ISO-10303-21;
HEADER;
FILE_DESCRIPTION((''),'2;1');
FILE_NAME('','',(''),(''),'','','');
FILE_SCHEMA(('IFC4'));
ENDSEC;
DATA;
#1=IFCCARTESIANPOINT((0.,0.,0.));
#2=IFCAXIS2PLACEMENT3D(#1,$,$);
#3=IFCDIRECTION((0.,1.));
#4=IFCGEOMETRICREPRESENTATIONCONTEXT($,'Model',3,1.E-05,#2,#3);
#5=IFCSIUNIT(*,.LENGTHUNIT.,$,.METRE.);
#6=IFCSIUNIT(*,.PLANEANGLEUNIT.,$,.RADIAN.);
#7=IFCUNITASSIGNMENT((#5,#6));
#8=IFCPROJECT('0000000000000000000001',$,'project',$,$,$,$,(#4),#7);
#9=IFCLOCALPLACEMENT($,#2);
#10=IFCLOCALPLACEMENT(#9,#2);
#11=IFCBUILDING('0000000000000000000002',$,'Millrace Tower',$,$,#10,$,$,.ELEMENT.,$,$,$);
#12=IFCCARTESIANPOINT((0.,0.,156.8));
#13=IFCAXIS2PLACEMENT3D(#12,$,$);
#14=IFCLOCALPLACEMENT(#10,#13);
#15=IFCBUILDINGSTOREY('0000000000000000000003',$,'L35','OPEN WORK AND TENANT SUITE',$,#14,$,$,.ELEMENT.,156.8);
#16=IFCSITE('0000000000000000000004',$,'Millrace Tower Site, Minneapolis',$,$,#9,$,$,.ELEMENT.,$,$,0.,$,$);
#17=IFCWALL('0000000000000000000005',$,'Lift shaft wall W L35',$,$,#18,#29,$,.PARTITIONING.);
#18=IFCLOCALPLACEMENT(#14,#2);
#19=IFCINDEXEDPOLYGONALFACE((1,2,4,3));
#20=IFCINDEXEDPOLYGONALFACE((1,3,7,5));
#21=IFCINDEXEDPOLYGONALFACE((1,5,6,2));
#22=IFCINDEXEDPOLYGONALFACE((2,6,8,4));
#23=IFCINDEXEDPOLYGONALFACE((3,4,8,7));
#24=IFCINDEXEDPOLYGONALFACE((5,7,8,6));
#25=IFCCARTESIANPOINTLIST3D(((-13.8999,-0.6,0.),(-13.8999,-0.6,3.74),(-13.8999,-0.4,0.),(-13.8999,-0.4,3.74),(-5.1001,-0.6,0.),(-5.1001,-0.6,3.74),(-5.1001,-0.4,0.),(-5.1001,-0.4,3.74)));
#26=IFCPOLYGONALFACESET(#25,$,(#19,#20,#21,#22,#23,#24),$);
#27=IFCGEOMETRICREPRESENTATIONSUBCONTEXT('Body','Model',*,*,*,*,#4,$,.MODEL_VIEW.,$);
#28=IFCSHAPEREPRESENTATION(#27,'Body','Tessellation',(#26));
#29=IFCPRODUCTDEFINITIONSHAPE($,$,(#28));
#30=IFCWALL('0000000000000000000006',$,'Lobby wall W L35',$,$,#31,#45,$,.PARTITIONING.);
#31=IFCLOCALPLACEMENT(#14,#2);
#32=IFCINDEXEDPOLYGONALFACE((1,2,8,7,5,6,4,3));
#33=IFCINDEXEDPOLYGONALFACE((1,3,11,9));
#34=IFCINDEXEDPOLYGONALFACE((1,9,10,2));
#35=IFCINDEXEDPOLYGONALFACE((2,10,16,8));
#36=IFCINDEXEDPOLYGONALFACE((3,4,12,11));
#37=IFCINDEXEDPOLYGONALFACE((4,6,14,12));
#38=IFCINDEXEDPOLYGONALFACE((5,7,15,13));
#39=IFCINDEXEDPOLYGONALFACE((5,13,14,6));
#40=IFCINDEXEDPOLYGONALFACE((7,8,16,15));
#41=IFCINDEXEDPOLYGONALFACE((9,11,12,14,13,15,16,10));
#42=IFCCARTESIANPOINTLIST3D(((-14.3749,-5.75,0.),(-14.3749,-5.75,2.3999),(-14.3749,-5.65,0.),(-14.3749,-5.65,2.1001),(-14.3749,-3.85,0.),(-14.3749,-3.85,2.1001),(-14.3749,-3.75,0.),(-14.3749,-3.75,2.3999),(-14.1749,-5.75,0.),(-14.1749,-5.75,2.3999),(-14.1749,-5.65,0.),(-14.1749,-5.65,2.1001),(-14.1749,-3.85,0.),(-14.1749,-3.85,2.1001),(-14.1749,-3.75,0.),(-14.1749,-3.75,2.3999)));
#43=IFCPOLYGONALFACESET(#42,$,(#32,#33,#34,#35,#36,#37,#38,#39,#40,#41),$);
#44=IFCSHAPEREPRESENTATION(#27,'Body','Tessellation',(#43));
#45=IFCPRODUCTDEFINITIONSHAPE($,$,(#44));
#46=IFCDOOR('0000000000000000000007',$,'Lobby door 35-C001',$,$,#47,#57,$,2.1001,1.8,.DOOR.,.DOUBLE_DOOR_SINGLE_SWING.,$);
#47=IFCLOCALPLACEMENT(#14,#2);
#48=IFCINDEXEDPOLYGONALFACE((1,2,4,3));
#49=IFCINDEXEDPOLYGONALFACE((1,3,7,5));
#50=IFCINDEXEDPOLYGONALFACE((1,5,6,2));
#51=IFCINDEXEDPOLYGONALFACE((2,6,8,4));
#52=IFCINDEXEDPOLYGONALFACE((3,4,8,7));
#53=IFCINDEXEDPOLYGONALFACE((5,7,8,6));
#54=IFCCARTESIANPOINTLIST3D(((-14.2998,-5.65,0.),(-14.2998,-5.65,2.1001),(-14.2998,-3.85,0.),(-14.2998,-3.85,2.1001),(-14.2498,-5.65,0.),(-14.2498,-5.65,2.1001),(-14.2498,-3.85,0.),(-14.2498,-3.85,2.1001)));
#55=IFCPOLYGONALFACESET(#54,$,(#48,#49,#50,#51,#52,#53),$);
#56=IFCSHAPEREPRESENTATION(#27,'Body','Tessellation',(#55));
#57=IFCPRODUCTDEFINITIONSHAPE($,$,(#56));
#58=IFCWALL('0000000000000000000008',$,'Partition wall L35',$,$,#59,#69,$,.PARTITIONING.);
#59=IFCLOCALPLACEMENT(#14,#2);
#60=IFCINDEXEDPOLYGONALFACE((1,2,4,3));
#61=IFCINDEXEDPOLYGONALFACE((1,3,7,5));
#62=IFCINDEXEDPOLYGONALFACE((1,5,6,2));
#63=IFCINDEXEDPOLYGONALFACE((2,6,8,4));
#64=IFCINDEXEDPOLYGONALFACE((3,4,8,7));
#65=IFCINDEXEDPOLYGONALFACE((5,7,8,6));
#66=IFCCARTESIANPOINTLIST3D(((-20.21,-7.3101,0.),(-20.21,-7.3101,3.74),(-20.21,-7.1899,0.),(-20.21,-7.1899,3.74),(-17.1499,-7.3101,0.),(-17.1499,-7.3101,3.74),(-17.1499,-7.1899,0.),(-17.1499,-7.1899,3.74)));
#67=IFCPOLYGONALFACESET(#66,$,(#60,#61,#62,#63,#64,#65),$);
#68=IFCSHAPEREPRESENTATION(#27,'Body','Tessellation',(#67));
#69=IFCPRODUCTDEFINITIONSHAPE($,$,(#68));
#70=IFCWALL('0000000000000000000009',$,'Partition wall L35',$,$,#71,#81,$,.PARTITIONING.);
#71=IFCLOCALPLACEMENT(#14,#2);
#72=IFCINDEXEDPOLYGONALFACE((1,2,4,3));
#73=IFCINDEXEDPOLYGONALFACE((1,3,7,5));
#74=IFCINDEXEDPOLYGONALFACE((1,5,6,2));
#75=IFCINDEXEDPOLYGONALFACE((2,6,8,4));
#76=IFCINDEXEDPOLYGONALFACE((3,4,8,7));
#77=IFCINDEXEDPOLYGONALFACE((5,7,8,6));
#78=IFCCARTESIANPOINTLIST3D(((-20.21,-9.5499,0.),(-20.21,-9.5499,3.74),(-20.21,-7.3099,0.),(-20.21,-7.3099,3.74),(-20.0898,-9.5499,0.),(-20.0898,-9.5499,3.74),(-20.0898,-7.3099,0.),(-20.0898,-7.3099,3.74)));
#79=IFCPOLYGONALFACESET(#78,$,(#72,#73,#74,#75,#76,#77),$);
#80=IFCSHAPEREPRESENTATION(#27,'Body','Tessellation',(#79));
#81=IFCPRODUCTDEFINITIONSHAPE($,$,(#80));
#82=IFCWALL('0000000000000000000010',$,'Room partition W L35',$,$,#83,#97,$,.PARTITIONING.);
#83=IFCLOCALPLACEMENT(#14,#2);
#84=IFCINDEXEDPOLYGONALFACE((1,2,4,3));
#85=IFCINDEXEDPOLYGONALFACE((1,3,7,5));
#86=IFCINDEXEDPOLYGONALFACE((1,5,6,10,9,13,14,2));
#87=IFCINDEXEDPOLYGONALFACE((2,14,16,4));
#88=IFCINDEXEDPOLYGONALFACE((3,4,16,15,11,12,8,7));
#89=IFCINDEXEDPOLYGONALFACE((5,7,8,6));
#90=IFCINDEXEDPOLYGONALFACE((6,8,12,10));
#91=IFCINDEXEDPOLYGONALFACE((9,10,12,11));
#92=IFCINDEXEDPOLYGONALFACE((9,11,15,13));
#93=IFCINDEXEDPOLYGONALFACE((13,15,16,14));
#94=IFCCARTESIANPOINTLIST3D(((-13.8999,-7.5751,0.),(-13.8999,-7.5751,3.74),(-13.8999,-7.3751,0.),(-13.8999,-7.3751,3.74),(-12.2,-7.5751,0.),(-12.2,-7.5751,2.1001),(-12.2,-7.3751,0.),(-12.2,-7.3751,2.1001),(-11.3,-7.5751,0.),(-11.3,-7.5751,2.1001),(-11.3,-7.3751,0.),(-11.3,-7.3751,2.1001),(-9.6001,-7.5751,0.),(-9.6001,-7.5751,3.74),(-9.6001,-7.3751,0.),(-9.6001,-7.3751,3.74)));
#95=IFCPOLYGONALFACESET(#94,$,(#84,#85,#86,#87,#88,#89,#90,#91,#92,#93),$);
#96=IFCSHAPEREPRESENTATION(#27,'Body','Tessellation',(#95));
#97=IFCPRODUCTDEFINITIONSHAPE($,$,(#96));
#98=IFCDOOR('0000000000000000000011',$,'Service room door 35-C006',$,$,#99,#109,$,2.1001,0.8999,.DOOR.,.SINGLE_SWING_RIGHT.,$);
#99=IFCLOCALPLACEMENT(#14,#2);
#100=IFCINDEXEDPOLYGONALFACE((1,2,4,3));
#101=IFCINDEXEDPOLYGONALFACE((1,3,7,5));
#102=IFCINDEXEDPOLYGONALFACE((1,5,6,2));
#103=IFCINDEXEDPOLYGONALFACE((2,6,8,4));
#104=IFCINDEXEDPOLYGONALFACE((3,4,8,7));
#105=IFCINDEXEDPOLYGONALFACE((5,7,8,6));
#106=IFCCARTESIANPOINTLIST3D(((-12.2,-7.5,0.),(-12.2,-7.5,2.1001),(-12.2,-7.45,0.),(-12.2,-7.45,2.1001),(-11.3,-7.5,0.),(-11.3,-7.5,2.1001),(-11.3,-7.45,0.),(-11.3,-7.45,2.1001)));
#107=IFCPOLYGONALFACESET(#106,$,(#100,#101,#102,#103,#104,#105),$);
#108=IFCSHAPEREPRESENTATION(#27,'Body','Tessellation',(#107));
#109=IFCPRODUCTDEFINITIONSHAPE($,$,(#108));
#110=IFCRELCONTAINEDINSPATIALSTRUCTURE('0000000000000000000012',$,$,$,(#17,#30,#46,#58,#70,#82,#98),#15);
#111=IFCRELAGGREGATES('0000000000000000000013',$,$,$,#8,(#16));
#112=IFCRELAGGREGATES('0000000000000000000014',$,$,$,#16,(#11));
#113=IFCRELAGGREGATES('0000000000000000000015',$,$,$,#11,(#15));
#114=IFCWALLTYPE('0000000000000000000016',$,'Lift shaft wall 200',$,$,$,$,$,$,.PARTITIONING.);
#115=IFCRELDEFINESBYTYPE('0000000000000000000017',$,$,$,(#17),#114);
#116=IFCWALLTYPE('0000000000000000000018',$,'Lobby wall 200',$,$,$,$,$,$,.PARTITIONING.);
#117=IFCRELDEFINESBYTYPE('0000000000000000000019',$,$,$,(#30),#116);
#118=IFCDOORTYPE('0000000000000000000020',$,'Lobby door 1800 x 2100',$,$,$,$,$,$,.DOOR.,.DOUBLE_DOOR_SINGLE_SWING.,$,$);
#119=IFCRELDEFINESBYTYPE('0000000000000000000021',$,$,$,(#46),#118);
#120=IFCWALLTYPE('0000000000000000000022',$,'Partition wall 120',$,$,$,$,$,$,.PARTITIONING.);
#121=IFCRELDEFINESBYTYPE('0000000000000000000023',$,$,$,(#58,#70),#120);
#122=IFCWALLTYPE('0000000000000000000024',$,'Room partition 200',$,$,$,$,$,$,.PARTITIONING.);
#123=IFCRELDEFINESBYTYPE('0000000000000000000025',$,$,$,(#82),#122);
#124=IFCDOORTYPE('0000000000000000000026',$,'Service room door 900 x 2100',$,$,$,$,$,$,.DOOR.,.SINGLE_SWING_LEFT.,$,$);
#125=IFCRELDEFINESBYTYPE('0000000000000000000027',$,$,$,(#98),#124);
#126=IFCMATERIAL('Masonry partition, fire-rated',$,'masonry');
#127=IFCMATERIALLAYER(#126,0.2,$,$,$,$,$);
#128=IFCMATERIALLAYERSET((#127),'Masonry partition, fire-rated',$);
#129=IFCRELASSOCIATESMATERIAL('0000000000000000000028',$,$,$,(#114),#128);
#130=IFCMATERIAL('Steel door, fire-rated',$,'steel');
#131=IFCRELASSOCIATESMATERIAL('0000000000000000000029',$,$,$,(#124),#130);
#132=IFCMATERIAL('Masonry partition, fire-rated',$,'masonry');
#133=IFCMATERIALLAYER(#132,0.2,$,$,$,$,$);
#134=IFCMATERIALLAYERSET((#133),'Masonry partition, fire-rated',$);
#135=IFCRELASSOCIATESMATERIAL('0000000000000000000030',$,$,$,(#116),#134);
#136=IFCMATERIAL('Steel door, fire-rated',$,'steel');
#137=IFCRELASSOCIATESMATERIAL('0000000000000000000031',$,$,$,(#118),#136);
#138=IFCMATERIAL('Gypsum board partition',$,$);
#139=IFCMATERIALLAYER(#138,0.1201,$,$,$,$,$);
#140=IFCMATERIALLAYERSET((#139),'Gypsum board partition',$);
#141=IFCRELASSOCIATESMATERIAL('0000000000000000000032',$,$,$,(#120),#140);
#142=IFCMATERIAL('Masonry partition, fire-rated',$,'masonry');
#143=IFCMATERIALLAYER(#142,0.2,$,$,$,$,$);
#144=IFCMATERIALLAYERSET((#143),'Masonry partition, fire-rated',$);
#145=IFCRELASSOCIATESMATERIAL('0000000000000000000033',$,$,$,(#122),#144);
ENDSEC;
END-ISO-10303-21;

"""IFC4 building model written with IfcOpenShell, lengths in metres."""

from ifc_helpers import new_model, si_unit, direction, frame, frame_2d, origin, place, context, subcontext, project, spatial, rectangle, extrude, material, layer, layer_set, type_object, element, fill, save


model = new_model("IFC4")

# Units and contexts
model_context = context("Model", 3, precision=1e-05, world=origin(), true_north=direction((0.0, 1.0)))
body_context = subcontext(model_context, "Body", "Model", "MODEL_VIEW")
ifc_project = project(units=[si_unit("LENGTHUNIT", "METRE"), si_unit("PLANEANGLEUNIT", "RADIAN")], contexts=[model_context])

# Site, building, storey
site_placement = place(None, origin())
site = spatial("IfcSite", under=ifc_project, at=site_placement, Name="Millrace Tower Site, Minneapolis", CompositionType="ELEMENT", RefElevation=0.0)
building_placement = place(site_placement, origin())
building = spatial("IfcBuilding", under=site, at=building_placement, Name="Millrace Tower", CompositionType="ELEMENT")
storey_placement = place(building_placement, frame((0.0, 0.0, 156.8)))
storey = spatial("IfcBuildingStorey", under=building, at=storey_placement, Name="L35", Description="OPEN WORK AND TENANT SUITE", CompositionType="ELEMENT", Elevation=156.8)

# Shared definitions
ifc_material_1 = material(Name="Masonry partition, fire-rated", Category="masonry")
ifc_layer_1 = layer(ifc_material_1, 0.2)
ifc_layer_set_1 = layer_set([ifc_layer_1], Name="Masonry partition, fire-rated")
wall_type_1 = type_object("IfcWallType", Name="Lift shaft wall 200", PredefinedType="PARTITIONING", material=ifc_layer_set_1)
ifc_material_2 = material(Name="Steel door, fire-rated", Category="steel")
door_type_1 = type_object("IfcDoorType", Name="Service room door 900 x 2100", OperationType="SINGLE_SWING_LEFT", PredefinedType="DOOR", material=ifc_material_2)

# Wall
wall_1_placement = place(storey_placement, frame((-13.8999, -0.5, 0.0), z_axis=(0.0, 0.0, 1.0), x_axis=(1.0, 0.0, 0.0)))
element("IfcWall", 1, at=wall_1_placement, inside=storey, type_object=wall_type_1, Name="Lift shaft wall W L35", PredefinedType="PARTITIONING", context=body_context, shape_type="SweptSolid", body=[
    extrude(rectangle(XDim=8.7998, YDim=0.2, at=frame_2d((4.3999, 0.0))), origin(), (0.0, 0.0, 1.0), 3.74),
])

# Wall, opening, door
ifc_material_3 = material(Name="Masonry partition, fire-rated", Category="masonry")
ifc_layer_2 = layer(ifc_material_3, 0.2)
ifc_layer_set_2 = layer_set([ifc_layer_2], Name="Masonry partition, fire-rated")
wall_type_2 = type_object("IfcWallType", Name="Lobby wall 200", PredefinedType="PARTITIONING", material=ifc_layer_set_2)
wall_2_placement = place(storey_placement, frame((-14.2749, -5.75, 0.0), z_axis=(0.0, 0.0, 1.0), x_axis=(0.0, 1.0, 0.0)))
wall_2 = element("IfcWall", 2, at=wall_2_placement, inside=storey, type_object=wall_type_2, Name="Lobby wall W L35", PredefinedType="PARTITIONING", context=body_context, shape_type="SweptSolid", body=[
    extrude(rectangle(XDim=2.0, YDim=0.2, at=frame_2d((1.0, 0.0))), origin(), (0.0, 0.0, 1.0), 2.3999),
])
opening_1_placement = place(wall_2_placement, frame((0.1001, 0.0, 0.0)))
opening_1 = element("IfcOpeningElement", 3, at=opening_1_placement, cuts=wall_2, PredefinedType="OPENING", context=body_context, shape_type="SweptSolid", body=[
    extrude(rectangle(XDim=1.8, YDim=2.1001, at=frame_2d((0.8999, 1.05))), frame((0.0, 0.1099, 0.0), z_axis=(0.0, -1.0, 0.0), x_axis=(1.0, 0.0, 0.0)), (0.0, 0.0, 1.0), 0.22),
])
ifc_material_4 = material(Name="Steel door, fire-rated", Category="steel")
door_type_2 = type_object("IfcDoorType", Name="Lobby door 1800 x 2100", OperationType="DOUBLE_DOOR_SINGLE_SWING", PredefinedType="DOOR", material=ifc_material_4)
door_1_placement = place(opening_1_placement, origin())
door_1 = element("IfcDoor", 4, at=door_1_placement, inside=storey, type_object=door_type_2, Name="Lobby door 35-C001", OperationType="DOUBLE_DOOR_SINGLE_SWING", OverallHeight=2.1001, OverallWidth=1.8, PredefinedType="DOOR", context=body_context, shape_type="SweptSolid", body=[
    extrude(rectangle(XDim=1.8, YDim=2.1001, at=frame_2d((0.8999, 1.05))), frame((0.0, 0.0249, 0.0), z_axis=(0.0, -1.0, 0.0), x_axis=(1.0, 0.0, 0.0)), (0.0, 0.0, 1.0), 0.05),
])
fill(opening_1, door_1)

# Walls
ifc_material_5 = material(Name="Gypsum board partition")
ifc_layer_3 = layer(ifc_material_5, 0.1201)
ifc_layer_set_3 = layer_set([ifc_layer_3], Name="Gypsum board partition")
wall_type_3 = type_object("IfcWallType", Name="Partition wall 120", PredefinedType="PARTITIONING", material=ifc_layer_set_3)
wall_3_placement = place(storey_placement, frame((-20.21, -7.25, 0.0), z_axis=(0.0, 0.0, 1.0), x_axis=(1.0, 0.0, 0.0)))
element("IfcWall", 5, at=wall_3_placement, inside=storey, type_object=wall_type_3, Name="Partition wall L35", PredefinedType="PARTITIONING", context=body_context, shape_type="SweptSolid", body=[
    extrude(rectangle(XDim=3.0601, YDim=0.1201, at=frame_2d((1.53, 0.0))), origin(), (0.0, 0.0, 1.0), 3.74),
])
wall_4_placement = place(storey_placement, frame((-20.1499, -9.55, 0.0), z_axis=(0.0, 0.0, 1.0), x_axis=(0.0, 1.0, 0.0)))
element("IfcWall", 6, at=wall_4_placement, inside=storey, type_object=wall_type_3, Name="Partition wall L35", PredefinedType="PARTITIONING", context=body_context, shape_type="SweptSolid", body=[
    extrude(rectangle(XDim=2.24, YDim=0.1201, at=frame_2d((1.1201, 0.0))), origin(), (0.0, 0.0, 1.0), 3.74),
])

# Wall, opening, door
ifc_material_6 = material(Name="Masonry partition, fire-rated", Category="masonry")
ifc_layer_4 = layer(ifc_material_6, 0.2)
ifc_layer_set_4 = layer_set([ifc_layer_4], Name="Masonry partition, fire-rated")
wall_type_4 = type_object("IfcWallType", Name="Room partition 200", PredefinedType="PARTITIONING", material=ifc_layer_set_4)
wall_5_placement = place(storey_placement, frame((-13.8999, -7.4751, 0.0), z_axis=(0.0, 0.0, 1.0), x_axis=(1.0, 0.0, 0.0)))
wall_5 = element("IfcWall", 7, at=wall_5_placement, inside=storey, type_object=wall_type_4, Name="Room partition W L35", PredefinedType="PARTITIONING", context=body_context, shape_type="SweptSolid", body=[
    extrude(rectangle(XDim=4.2998, YDim=0.2, at=frame_2d((2.1499, 0.0))), origin(), (0.0, 0.0, 1.0), 3.74),
])
opening_2_placement = place(wall_5_placement, frame((1.7, 0.0, 0.0)))
opening_2 = element("IfcOpeningElement", 8, at=opening_2_placement, cuts=wall_5, PredefinedType="OPENING", context=body_context, shape_type="SweptSolid", body=[
    extrude(rectangle(XDim=0.8999, YDim=2.1001, at=frame_2d((0.45, 1.05))), frame((0.0, 0.1099, 0.0), z_axis=(0.0, -1.0, 0.0), x_axis=(1.0, 0.0, 0.0)), (0.0, 0.0, 1.0), 0.22),
])
door_2_placement = place(opening_2_placement, frame((0.8999, 0.0, 0.0), z_axis=(0.0, 0.0, 1.0), x_axis=(-1.0, 0.0, 0.0)))
door_2 = element("IfcDoor", 9, at=door_2_placement, inside=storey, type_object=door_type_1, Name="Service room door 35-C006", OperationType="SINGLE_SWING_RIGHT", OverallHeight=2.1001, OverallWidth=0.8999, PredefinedType="DOOR", context=body_context, shape_type="SweptSolid", body=[
    extrude(rectangle(XDim=0.8999, YDim=2.1001, at=frame_2d((0.45, 1.05))), frame((0.0, 0.0249, 0.0), z_axis=(0.0, -1.0, 0.0), x_axis=(1.0, 0.0, 0.0)), (0.0, 0.0, 1.0), 0.05),
])
fill(opening_2, door_2)

save(model, "model.ifc")
